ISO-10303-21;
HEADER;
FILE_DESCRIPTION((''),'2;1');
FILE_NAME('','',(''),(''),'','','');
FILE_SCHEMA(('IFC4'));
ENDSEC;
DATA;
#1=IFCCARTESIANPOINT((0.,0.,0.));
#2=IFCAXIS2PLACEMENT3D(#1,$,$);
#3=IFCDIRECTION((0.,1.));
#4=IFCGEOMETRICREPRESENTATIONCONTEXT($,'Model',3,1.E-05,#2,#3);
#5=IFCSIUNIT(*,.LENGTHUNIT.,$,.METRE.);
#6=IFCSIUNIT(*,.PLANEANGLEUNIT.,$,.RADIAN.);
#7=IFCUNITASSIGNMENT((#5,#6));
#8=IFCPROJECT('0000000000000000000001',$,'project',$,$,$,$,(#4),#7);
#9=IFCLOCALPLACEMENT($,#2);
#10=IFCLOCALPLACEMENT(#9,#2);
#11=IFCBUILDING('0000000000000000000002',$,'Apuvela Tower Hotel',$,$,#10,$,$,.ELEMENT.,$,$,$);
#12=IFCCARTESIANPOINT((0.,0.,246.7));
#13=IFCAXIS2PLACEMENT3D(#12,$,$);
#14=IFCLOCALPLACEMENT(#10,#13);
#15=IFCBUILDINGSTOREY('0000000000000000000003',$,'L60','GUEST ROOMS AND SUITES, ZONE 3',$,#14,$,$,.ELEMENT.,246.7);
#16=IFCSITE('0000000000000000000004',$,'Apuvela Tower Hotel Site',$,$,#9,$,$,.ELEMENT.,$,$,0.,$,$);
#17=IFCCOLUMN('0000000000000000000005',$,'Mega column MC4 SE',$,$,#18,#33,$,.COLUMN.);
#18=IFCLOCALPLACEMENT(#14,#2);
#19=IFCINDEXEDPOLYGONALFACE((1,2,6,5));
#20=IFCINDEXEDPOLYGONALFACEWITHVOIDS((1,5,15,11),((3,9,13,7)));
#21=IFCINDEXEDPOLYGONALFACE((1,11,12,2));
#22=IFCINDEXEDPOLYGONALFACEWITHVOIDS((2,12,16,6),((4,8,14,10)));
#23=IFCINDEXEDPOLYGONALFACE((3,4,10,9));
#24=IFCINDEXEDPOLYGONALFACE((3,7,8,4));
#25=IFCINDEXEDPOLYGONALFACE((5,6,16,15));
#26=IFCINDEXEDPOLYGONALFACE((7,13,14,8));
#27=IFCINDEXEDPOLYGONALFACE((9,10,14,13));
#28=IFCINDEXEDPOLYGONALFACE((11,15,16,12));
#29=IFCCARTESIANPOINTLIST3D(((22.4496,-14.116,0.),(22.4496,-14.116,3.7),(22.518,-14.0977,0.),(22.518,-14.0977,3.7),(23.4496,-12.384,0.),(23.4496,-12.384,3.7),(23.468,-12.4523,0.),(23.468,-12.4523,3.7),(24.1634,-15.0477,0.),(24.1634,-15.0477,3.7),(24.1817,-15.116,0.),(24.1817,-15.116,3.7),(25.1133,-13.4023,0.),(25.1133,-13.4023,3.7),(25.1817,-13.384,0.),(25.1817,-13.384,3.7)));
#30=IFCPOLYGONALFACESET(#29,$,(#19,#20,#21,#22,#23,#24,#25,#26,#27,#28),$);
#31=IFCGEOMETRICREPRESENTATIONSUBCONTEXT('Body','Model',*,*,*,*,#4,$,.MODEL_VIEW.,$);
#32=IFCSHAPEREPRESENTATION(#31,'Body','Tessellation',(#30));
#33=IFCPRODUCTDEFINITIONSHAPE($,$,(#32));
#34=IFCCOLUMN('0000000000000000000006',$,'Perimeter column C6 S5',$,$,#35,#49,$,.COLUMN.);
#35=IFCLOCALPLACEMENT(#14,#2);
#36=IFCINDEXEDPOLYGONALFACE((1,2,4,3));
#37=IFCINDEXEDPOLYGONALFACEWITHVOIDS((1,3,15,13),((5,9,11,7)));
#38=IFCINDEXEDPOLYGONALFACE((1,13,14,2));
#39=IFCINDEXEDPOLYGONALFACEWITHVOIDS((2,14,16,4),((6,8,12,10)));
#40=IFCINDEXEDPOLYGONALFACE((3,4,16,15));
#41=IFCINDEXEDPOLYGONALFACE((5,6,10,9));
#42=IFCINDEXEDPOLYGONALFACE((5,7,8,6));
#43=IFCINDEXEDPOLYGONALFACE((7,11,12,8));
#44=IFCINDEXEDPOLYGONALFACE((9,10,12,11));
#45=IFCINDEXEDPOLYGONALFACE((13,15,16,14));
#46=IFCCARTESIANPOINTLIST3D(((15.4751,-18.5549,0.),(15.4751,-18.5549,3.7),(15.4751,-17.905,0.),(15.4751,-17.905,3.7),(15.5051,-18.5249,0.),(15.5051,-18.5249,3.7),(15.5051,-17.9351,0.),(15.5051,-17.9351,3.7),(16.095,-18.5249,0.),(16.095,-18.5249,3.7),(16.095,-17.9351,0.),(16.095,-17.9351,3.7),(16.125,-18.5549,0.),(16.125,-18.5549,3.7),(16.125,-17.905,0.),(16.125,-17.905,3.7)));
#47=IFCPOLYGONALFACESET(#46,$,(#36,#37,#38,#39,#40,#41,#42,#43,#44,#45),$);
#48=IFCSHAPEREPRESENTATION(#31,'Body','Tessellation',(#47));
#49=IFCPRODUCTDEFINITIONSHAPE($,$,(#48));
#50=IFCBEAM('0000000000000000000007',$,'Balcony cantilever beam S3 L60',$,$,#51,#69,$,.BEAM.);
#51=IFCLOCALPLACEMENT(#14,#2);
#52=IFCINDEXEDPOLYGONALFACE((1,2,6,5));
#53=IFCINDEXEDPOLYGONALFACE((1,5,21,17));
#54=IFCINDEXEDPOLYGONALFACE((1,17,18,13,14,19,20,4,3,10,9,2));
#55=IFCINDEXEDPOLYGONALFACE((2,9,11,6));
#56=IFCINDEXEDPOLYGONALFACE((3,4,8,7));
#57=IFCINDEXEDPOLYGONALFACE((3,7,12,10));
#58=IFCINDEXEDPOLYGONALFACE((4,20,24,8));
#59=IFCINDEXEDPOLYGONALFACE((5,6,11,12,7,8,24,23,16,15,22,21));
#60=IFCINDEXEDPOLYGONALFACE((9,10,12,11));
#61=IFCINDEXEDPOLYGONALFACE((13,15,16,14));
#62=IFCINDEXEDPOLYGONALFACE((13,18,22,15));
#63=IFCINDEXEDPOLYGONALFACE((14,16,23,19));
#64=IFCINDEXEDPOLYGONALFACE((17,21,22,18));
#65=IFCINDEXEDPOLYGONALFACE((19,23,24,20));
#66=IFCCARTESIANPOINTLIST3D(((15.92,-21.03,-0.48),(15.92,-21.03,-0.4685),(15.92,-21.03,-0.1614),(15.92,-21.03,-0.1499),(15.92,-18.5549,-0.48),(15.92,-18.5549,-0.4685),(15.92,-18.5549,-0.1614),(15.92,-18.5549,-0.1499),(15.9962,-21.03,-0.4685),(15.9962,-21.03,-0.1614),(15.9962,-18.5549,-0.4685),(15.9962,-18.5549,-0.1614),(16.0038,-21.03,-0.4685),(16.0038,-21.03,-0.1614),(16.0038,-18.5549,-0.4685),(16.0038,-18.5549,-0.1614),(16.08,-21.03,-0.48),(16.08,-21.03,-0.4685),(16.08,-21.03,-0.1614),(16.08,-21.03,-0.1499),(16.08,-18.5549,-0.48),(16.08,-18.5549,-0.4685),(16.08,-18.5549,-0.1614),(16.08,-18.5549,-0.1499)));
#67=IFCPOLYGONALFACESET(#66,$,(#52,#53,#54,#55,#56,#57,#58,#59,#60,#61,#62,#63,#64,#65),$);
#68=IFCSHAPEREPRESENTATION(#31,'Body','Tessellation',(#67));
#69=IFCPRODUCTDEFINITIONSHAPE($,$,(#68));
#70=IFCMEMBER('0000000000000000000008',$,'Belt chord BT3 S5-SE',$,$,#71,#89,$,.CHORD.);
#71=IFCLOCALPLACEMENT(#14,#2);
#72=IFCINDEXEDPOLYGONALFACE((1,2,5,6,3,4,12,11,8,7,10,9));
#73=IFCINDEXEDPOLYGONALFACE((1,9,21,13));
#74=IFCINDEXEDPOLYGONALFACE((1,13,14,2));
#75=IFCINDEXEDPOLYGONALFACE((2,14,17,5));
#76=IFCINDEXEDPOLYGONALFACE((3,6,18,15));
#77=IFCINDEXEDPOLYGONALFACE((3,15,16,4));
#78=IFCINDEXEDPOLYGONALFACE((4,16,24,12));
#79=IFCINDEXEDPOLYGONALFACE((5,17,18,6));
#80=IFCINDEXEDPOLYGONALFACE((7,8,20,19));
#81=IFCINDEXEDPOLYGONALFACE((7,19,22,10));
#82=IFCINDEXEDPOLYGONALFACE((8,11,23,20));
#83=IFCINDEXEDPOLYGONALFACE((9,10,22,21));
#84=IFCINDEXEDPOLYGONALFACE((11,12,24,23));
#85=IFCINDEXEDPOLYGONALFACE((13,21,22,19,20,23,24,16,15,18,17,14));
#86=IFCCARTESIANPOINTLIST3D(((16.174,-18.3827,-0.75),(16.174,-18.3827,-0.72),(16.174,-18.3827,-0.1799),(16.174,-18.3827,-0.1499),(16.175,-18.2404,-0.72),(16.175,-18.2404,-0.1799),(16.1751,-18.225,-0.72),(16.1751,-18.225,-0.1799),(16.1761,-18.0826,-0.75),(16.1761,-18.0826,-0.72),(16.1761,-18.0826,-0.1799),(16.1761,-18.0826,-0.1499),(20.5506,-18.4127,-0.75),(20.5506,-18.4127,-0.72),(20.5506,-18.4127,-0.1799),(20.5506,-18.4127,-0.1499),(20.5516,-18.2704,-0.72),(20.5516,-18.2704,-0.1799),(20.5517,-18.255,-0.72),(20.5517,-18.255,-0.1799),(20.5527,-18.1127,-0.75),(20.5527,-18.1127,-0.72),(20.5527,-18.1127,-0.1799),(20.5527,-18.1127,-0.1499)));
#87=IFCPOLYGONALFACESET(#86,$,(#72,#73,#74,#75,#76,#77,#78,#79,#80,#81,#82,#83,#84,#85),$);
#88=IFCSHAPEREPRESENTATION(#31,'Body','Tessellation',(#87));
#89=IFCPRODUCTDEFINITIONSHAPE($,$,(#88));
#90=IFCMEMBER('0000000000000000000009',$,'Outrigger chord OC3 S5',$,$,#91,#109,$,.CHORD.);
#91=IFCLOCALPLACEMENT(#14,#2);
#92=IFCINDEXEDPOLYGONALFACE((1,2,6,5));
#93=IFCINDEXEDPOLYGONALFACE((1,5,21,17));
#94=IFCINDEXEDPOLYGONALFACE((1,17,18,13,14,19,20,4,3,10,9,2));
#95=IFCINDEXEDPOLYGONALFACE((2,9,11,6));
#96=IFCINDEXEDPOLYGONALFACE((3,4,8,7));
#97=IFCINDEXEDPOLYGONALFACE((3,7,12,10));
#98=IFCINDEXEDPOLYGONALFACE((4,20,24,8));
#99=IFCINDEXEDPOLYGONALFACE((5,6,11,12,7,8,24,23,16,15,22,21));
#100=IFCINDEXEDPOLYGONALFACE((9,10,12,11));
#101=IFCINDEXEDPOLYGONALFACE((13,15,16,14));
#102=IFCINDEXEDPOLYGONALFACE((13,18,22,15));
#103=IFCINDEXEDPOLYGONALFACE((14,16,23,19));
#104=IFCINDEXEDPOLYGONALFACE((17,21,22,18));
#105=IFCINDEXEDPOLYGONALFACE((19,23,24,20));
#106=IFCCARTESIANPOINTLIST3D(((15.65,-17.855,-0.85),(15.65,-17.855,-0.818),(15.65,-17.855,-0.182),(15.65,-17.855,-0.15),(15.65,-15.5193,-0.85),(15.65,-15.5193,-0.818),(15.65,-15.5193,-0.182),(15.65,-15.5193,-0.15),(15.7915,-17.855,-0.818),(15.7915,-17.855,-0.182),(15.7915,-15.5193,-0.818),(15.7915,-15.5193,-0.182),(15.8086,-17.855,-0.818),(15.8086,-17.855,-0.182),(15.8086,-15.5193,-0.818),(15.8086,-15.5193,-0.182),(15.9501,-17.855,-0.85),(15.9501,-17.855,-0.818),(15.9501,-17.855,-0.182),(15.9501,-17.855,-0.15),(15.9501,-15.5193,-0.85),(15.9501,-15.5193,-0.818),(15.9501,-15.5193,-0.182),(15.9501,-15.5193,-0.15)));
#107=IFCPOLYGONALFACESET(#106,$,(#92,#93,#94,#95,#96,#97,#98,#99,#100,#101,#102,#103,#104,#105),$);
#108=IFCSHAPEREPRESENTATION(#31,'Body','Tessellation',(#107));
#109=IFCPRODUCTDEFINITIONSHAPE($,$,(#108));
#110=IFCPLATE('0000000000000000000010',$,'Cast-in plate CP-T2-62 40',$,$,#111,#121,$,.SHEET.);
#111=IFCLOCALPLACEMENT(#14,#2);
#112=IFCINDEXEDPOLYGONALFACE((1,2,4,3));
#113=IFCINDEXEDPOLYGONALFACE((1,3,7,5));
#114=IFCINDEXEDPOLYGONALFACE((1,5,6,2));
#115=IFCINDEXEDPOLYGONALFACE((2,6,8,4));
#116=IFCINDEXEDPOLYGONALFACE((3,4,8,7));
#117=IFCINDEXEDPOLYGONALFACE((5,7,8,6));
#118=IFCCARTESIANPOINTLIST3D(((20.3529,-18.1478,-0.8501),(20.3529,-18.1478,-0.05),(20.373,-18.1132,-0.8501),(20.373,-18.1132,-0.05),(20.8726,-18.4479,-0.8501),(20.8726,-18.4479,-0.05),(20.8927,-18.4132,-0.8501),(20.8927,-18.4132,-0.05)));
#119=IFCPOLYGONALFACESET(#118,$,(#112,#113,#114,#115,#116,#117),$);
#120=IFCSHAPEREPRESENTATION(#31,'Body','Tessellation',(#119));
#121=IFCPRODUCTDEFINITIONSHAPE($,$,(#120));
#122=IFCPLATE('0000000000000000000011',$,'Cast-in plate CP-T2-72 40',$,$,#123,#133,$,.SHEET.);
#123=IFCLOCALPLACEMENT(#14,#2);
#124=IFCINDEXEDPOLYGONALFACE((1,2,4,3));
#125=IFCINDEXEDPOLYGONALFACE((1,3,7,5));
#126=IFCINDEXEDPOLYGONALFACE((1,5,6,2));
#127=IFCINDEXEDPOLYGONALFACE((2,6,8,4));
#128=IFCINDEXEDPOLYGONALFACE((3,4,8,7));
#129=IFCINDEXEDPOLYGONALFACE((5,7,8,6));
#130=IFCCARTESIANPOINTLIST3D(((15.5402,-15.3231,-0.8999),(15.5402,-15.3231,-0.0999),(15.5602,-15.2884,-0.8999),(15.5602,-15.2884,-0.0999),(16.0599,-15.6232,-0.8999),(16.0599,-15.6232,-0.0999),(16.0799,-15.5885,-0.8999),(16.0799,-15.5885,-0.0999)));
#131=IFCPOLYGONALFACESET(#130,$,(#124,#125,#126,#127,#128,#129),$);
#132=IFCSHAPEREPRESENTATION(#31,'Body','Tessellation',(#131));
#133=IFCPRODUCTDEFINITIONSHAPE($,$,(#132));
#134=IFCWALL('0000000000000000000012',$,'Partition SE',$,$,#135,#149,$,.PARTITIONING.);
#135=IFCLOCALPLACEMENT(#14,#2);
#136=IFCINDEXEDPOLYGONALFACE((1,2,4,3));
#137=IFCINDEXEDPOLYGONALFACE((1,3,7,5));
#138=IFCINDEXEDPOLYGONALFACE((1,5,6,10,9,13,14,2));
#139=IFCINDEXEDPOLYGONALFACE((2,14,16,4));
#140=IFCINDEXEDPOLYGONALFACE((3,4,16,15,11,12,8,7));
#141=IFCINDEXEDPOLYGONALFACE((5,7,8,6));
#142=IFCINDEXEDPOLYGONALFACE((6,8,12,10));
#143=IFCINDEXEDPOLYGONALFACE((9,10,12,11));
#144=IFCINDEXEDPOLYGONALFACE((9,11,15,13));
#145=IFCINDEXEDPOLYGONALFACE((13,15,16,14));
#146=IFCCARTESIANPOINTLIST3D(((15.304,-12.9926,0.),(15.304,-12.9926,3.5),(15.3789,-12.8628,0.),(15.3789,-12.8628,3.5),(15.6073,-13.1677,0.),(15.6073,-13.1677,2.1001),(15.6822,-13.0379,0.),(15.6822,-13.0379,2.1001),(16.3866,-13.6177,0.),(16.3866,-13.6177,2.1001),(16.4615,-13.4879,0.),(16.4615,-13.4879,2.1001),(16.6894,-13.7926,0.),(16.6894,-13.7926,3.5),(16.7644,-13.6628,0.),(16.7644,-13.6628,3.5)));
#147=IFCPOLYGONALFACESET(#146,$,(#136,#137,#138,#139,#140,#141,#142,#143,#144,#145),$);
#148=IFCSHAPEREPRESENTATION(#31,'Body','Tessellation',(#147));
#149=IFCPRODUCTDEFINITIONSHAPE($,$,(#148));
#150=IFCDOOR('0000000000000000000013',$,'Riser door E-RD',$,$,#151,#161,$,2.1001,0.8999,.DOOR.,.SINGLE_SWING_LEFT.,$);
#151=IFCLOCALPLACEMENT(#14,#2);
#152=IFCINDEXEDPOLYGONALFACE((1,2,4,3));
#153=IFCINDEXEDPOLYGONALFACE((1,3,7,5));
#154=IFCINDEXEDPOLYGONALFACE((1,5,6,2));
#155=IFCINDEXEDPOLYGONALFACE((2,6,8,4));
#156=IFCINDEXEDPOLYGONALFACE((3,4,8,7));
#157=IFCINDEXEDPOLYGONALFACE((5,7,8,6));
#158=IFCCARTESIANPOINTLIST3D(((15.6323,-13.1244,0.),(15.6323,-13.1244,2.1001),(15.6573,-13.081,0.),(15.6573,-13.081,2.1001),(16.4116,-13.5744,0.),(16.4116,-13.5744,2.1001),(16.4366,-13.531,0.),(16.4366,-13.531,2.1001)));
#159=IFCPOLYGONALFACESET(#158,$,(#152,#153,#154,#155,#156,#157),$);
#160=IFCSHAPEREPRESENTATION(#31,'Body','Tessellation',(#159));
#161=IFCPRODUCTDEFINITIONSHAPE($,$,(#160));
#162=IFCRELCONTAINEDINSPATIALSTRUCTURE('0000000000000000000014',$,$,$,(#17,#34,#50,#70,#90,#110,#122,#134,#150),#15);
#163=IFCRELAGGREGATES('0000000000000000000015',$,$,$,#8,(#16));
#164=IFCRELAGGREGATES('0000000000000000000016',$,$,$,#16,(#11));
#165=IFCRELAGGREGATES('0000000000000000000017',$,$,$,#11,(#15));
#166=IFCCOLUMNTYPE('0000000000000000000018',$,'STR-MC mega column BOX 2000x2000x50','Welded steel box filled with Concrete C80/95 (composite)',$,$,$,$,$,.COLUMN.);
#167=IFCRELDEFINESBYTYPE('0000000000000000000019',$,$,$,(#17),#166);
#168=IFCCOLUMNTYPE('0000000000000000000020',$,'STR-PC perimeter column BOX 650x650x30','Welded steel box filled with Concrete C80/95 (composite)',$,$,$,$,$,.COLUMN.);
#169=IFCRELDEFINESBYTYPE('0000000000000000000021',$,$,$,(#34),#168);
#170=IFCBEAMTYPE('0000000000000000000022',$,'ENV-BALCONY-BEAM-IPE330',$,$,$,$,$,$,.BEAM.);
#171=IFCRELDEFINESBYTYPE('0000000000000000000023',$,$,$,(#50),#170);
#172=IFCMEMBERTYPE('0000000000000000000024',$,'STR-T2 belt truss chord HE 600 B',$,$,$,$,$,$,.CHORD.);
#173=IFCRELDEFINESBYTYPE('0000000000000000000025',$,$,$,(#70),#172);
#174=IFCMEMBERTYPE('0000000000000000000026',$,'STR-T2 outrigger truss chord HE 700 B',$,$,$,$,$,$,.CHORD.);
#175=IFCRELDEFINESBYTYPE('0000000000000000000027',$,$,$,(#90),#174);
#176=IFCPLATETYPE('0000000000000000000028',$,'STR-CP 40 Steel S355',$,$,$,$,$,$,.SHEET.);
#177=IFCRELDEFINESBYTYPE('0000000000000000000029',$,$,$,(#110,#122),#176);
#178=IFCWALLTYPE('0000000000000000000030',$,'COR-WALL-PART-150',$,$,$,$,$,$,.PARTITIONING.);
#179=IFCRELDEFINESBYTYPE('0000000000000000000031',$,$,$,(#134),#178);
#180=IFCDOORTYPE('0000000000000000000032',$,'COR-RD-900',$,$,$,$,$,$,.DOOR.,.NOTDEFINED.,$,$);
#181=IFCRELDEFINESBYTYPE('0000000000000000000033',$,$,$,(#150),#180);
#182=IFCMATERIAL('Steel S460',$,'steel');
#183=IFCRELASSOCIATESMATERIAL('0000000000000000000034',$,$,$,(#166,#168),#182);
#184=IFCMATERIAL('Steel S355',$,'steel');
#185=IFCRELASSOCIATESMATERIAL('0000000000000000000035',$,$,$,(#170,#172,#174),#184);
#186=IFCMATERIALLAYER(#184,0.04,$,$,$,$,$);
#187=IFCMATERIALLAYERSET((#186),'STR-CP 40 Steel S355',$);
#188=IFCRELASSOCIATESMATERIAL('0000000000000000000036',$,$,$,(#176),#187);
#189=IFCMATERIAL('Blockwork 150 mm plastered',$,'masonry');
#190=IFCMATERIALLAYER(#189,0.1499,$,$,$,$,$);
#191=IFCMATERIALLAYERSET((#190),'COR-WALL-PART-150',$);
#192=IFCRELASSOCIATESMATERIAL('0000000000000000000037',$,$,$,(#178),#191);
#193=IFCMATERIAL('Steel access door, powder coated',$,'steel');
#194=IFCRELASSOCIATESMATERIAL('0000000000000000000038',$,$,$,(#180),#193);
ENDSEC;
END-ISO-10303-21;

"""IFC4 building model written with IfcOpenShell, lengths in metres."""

from ifc_helpers import new_model, si_unit, direction, frame, frame_2d, origin, origin_2d, place, context, subcontext, project, spatial, rectangle, hollow_rectangle, i_section, extrude, material, layer, layer_set, material_profile, profile_set, type_object, element, fill, save


model = new_model("IFC4")

# Units and contexts
model_context = context("Model", 3, precision=1e-05, world=origin(), true_north=direction((0.0, 1.0)))
body_context = subcontext(model_context, "Body", "Model", "MODEL_VIEW")
ifc_project = project(units=[si_unit("LENGTHUNIT", "METRE"), si_unit("PLANEANGLEUNIT", "RADIAN")], contexts=[model_context])

# Site, building, storey
site_placement = place(None, origin())
site = spatial("IfcSite", under=ifc_project, at=site_placement, Name="Apuvela Tower Hotel Site", CompositionType="ELEMENT", RefElevation=0.0)
building_placement = place(site_placement, origin())
building = spatial("IfcBuilding", under=site, at=building_placement, Name="Apuvela Tower Hotel", CompositionType="ELEMENT")
storey_placement = place(building_placement, frame((0.0, 0.0, 246.7)))
storey = spatial("IfcBuildingStorey", under=building, at=storey_placement, Name="L60", Description="GUEST ROOMS AND SUITES, ZONE 3", CompositionType="ELEMENT", Elevation=246.7)

# Columns
ifc_material_1 = material(Name="Steel S460", Category="steel")
ifc_material_profile_1 = material_profile(ifc_material_1, hollow_rectangle(XDim=2.0, YDim=2.0, WallThickness=0.05, at=origin_2d()), Name="BOX 2000x2000x50")
ifc_material_2 = material(Name="Concrete C80/95", Category="concrete")
ifc_material_profile_2 = material_profile(ifc_material_2, rectangle(XDim=1.8999, YDim=1.8999, at=origin_2d()), Name="Concrete C80/95 infill")
ifc_profile_set_1 = profile_set([ifc_material_profile_1, ifc_material_profile_2], Name="Steel S460")
column_type_1 = type_object("IfcColumnType", Name="STR-MC mega column BOX 2000x2000x50", Description="Welded steel box filled with Concrete C80/95 (composite)", PredefinedType="COLUMN", material=ifc_profile_set_1)
column_1_placement = place(storey_placement, frame((23.8157, -13.75, 0.0), z_axis=(0.0, 0.0, 1.0), x_axis=(0.5, 0.866025, 0.0)))
element("IfcColumn", 1, at=column_1_placement, inside=storey, type_object=column_type_1, Name="Mega column MC4 SE", PredefinedType="COLUMN", context=body_context, shape_type="SweptSolid", body=[
    extrude(hollow_rectangle(XDim=2.0, YDim=2.0, WallThickness=0.05, at=origin_2d()), origin(), (0.0, 0.0, 1.0), 3.7),
])
ifc_material_profile_3 = material_profile(ifc_material_1, hollow_rectangle(XDim=0.6499, YDim=0.6499, WallThickness=0.03, at=origin_2d()), Name="BOX 650x650x30")
ifc_material_profile_4 = material_profile(ifc_material_2, rectangle(XDim=0.5901, YDim=0.5901, at=origin_2d()), Name="Concrete C80/95 infill")
ifc_profile_set_2 = profile_set([ifc_material_profile_3, ifc_material_profile_4], Name="Steel S460")
column_type_2 = type_object("IfcColumnType", Name="STR-PC perimeter column BOX 650x650x30", Description="Welded steel box filled with Concrete C80/95 (composite)", PredefinedType="COLUMN", material=ifc_profile_set_2)
column_2_placement = place(storey_placement, frame((15.8, -18.23, 0.0), z_axis=(0.0, 0.0, 1.0), x_axis=(-1.0, 0.0, 0.0)))
element("IfcColumn", 2, at=column_2_placement, inside=storey, type_object=column_type_2, Name="Perimeter column C6 S5", PredefinedType="COLUMN", context=body_context, shape_type="SweptSolid", body=[
    extrude(hollow_rectangle(XDim=0.6499, YDim=0.6499, WallThickness=0.03, at=origin_2d()), origin(), (0.0, 0.0, 1.0), 3.7),
])

# Beam
ifc_material_3 = material(Name="Steel S355", Category="steel")
ifc_material_profile_5 = material_profile(ifc_material_3, i_section(OverallWidth=0.1599, OverallDepth=0.3301, WebThickness=0.0076, FlangeThickness=0.0115, at=origin_2d()), Name="IPE 330")
ifc_profile_set_3 = profile_set([ifc_material_profile_5], Name="Steel S355")
beam_type = type_object("IfcBeamType", Name="ENV-BALCONY-BEAM-IPE330", PredefinedType="BEAM", material=ifc_profile_set_3)
beam_placement = place(storey_placement, frame((16.0, -18.5549, -0.3149), z_axis=(0.0, -1.0, 0.0), x_axis=(1.0, 0.0, 0.0)))
element("IfcBeam", 3, at=beam_placement, inside=storey, type_object=beam_type, Name="Balcony cantilever beam S3 L60", PredefinedType="BEAM", context=body_context, shape_type="SweptSolid", body=[
    extrude(i_section(OverallWidth=0.1599, OverallDepth=0.3301, WebThickness=0.0076, FlangeThickness=0.0115, at=origin_2d()), origin(), (0.0, 0.0, 1.0), 2.4751),
])

# Members
ifc_material_profile_6 = material_profile(ifc_material_3, i_section(OverallWidth=0.3, OverallDepth=0.6001, WebThickness=0.0154, FlangeThickness=0.03, at=origin_2d()), Name="HE 600 B")
ifc_profile_set_4 = profile_set([ifc_material_profile_6], Name="Steel S355")
member_type_1 = type_object("IfcMemberType", Name="STR-T2 belt truss chord HE 600 B", PredefinedType="CHORD", material=ifc_profile_set_4)
member_1_placement = place(storey_placement, frame((16.175, -18.2327, -0.45), z_axis=(0.999976, -0.006861, 0.0), x_axis=(0.006861, 0.999976, 0.0)))
element("IfcMember", 4, at=member_1_placement, inside=storey, type_object=member_type_1, Name="Belt chord BT3 S5-SE", PredefinedType="CHORD", context=body_context, shape_type="SweptSolid", body=[
    extrude(i_section(OverallWidth=0.3, OverallDepth=0.6001, WebThickness=0.0154, FlangeThickness=0.03, at=origin_2d()), origin(), (0.0, 0.0, 1.0), 4.3767),
])
ifc_material_profile_7 = material_profile(ifc_material_3, i_section(OverallWidth=0.3, OverallDepth=0.7, WebThickness=0.0171, FlangeThickness=0.032, at=origin_2d()), Name="HE 700 B")
ifc_profile_set_5 = profile_set([ifc_material_profile_7], Name="Steel S355")
member_type_2 = type_object("IfcMemberType", Name="STR-T2 outrigger truss chord HE 700 B", PredefinedType="CHORD", material=ifc_profile_set_5)
member_2_placement = place(storey_placement, frame((15.8, -17.855, -0.5), z_axis=(0.0, 1.0, 0.0), x_axis=(-1.0, 0.0, 0.0)))
element("IfcMember", 5, at=member_2_placement, inside=storey, type_object=member_type_2, Name="Outrigger chord OC3 S5", PredefinedType="CHORD", context=body_context, shape_type="SweptSolid", body=[
    extrude(i_section(OverallWidth=0.3, OverallDepth=0.7, WebThickness=0.0171, FlangeThickness=0.032, at=origin_2d()), origin(), (0.0, 0.0, 1.0), 2.3357),
])

# Plates
ifc_layer_1 = layer(ifc_material_3, 0.04)
ifc_layer_set_1 = layer_set([ifc_layer_1], Name="STR-CP 40 Steel S355")
plate_type = type_object("IfcPlateType", Name="STR-CP 40 Steel S355", PredefinedType="SHEET", material=ifc_layer_set_1)
for number, where, z_axis, x_axis, name in (
    (6, (20.6228, -18.2805, -0.8501), (0.0, 0.0, 1.0), (-0.5, -0.866025, 0.0), "Cast-in plate CP-T2-62 40"),
    (7, (15.8101, -15.4558, -0.8999), (0.0, 0.0, 1.0), (0.5, 0.866025, 0.0), "Cast-in plate CP-T2-72 40"),
):
    element("IfcPlate", number, at=place(storey_placement, frame(where, z_axis=z_axis, x_axis=x_axis)), inside=storey, type_object=plate_type, Name=name, PredefinedType="SHEET", context=body_context, shape_type="SweptSolid", body=[
        extrude(rectangle(XDim=0.04, YDim=0.6001, at=origin_2d()), origin(), (0.0, 0.0, 1.0), 0.8),
    ])

# Wall, opening, door
ifc_material_4 = material(Name="Blockwork 150 mm plastered", Category="masonry")
ifc_layer_2 = layer(ifc_material_4, 0.1499)
ifc_layer_set_2 = layer_set([ifc_layer_2], Name="COR-WALL-PART-150")
wall_type_1 = type_object("IfcWallType", Name="COR-WALL-PART-150", PredefinedType="PARTITIONING", material=ifc_layer_set_2)
wall_1_placement = place(storey_placement, frame((15.3416, -12.9277, 0.0), z_axis=(0.0, 0.0, 1.0), x_axis=(0.86599, -0.500061, 0.0)))
wall_1 = element("IfcWall", 8, at=wall_1_placement, inside=storey, type_object=wall_type_1, Name="Partition SE", PredefinedType="PARTITIONING", context=body_context, shape_type="SweptSolid", body=[
    extrude(rectangle(XDim=1.5999, YDim=0.1499, at=frame_2d((0.7998, 0.0))), origin(), (0.0, 0.0, 1.0), 3.5),
])
opening_1_placement = place(wall_1_placement, frame((0.3501, 0.0, 0.0)))
opening_1 = element("IfcOpeningElement", 9, at=opening_1_placement, cuts=wall_1, PredefinedType="OPENING", context=body_context, shape_type="SweptSolid", body=[
    extrude(rectangle(XDim=0.8999, YDim=2.1001, at=frame_2d((0.45, 1.05))), frame((0.0, 0.085, 0.0), z_axis=(0.0, -1.0, 0.0), x_axis=(1.0, 0.0, 0.0)), (0.0, 0.0, 1.0), 0.1699),
])
ifc_material_5 = material(Name="Steel access door, powder coated", Category="steel")
door_type_1 = type_object("IfcDoorType", Name="COR-RD-900", OperationType="NOTDEFINED", PredefinedType="DOOR", material=ifc_material_5)
door_1_placement = place(opening_1_placement, frame((0.8999, 0.0, 0.0), z_axis=(0.0, 0.0, 1.0), x_axis=(-1.0, 0.0, 0.0)))
door_1 = element("IfcDoor", 10, at=door_1_placement, inside=storey, type_object=door_type_1, Name="Riser door E-RD", OperationType="SINGLE_SWING_LEFT", OverallHeight=2.1001, OverallWidth=0.8999, PredefinedType="DOOR", context=body_context, shape_type="SweptSolid", body=[
    extrude(rectangle(XDim=0.8999, YDim=2.1001, at=frame_2d((0.45, 1.05))), frame((0.0, 0.0249, 0.0), z_axis=(0.0, -1.0, 0.0), x_axis=(1.0, 0.0, 0.0)), (0.0, 0.0, 1.0), 0.05),
])
fill(opening_1, door_1)

save(model, "model.ifc")
